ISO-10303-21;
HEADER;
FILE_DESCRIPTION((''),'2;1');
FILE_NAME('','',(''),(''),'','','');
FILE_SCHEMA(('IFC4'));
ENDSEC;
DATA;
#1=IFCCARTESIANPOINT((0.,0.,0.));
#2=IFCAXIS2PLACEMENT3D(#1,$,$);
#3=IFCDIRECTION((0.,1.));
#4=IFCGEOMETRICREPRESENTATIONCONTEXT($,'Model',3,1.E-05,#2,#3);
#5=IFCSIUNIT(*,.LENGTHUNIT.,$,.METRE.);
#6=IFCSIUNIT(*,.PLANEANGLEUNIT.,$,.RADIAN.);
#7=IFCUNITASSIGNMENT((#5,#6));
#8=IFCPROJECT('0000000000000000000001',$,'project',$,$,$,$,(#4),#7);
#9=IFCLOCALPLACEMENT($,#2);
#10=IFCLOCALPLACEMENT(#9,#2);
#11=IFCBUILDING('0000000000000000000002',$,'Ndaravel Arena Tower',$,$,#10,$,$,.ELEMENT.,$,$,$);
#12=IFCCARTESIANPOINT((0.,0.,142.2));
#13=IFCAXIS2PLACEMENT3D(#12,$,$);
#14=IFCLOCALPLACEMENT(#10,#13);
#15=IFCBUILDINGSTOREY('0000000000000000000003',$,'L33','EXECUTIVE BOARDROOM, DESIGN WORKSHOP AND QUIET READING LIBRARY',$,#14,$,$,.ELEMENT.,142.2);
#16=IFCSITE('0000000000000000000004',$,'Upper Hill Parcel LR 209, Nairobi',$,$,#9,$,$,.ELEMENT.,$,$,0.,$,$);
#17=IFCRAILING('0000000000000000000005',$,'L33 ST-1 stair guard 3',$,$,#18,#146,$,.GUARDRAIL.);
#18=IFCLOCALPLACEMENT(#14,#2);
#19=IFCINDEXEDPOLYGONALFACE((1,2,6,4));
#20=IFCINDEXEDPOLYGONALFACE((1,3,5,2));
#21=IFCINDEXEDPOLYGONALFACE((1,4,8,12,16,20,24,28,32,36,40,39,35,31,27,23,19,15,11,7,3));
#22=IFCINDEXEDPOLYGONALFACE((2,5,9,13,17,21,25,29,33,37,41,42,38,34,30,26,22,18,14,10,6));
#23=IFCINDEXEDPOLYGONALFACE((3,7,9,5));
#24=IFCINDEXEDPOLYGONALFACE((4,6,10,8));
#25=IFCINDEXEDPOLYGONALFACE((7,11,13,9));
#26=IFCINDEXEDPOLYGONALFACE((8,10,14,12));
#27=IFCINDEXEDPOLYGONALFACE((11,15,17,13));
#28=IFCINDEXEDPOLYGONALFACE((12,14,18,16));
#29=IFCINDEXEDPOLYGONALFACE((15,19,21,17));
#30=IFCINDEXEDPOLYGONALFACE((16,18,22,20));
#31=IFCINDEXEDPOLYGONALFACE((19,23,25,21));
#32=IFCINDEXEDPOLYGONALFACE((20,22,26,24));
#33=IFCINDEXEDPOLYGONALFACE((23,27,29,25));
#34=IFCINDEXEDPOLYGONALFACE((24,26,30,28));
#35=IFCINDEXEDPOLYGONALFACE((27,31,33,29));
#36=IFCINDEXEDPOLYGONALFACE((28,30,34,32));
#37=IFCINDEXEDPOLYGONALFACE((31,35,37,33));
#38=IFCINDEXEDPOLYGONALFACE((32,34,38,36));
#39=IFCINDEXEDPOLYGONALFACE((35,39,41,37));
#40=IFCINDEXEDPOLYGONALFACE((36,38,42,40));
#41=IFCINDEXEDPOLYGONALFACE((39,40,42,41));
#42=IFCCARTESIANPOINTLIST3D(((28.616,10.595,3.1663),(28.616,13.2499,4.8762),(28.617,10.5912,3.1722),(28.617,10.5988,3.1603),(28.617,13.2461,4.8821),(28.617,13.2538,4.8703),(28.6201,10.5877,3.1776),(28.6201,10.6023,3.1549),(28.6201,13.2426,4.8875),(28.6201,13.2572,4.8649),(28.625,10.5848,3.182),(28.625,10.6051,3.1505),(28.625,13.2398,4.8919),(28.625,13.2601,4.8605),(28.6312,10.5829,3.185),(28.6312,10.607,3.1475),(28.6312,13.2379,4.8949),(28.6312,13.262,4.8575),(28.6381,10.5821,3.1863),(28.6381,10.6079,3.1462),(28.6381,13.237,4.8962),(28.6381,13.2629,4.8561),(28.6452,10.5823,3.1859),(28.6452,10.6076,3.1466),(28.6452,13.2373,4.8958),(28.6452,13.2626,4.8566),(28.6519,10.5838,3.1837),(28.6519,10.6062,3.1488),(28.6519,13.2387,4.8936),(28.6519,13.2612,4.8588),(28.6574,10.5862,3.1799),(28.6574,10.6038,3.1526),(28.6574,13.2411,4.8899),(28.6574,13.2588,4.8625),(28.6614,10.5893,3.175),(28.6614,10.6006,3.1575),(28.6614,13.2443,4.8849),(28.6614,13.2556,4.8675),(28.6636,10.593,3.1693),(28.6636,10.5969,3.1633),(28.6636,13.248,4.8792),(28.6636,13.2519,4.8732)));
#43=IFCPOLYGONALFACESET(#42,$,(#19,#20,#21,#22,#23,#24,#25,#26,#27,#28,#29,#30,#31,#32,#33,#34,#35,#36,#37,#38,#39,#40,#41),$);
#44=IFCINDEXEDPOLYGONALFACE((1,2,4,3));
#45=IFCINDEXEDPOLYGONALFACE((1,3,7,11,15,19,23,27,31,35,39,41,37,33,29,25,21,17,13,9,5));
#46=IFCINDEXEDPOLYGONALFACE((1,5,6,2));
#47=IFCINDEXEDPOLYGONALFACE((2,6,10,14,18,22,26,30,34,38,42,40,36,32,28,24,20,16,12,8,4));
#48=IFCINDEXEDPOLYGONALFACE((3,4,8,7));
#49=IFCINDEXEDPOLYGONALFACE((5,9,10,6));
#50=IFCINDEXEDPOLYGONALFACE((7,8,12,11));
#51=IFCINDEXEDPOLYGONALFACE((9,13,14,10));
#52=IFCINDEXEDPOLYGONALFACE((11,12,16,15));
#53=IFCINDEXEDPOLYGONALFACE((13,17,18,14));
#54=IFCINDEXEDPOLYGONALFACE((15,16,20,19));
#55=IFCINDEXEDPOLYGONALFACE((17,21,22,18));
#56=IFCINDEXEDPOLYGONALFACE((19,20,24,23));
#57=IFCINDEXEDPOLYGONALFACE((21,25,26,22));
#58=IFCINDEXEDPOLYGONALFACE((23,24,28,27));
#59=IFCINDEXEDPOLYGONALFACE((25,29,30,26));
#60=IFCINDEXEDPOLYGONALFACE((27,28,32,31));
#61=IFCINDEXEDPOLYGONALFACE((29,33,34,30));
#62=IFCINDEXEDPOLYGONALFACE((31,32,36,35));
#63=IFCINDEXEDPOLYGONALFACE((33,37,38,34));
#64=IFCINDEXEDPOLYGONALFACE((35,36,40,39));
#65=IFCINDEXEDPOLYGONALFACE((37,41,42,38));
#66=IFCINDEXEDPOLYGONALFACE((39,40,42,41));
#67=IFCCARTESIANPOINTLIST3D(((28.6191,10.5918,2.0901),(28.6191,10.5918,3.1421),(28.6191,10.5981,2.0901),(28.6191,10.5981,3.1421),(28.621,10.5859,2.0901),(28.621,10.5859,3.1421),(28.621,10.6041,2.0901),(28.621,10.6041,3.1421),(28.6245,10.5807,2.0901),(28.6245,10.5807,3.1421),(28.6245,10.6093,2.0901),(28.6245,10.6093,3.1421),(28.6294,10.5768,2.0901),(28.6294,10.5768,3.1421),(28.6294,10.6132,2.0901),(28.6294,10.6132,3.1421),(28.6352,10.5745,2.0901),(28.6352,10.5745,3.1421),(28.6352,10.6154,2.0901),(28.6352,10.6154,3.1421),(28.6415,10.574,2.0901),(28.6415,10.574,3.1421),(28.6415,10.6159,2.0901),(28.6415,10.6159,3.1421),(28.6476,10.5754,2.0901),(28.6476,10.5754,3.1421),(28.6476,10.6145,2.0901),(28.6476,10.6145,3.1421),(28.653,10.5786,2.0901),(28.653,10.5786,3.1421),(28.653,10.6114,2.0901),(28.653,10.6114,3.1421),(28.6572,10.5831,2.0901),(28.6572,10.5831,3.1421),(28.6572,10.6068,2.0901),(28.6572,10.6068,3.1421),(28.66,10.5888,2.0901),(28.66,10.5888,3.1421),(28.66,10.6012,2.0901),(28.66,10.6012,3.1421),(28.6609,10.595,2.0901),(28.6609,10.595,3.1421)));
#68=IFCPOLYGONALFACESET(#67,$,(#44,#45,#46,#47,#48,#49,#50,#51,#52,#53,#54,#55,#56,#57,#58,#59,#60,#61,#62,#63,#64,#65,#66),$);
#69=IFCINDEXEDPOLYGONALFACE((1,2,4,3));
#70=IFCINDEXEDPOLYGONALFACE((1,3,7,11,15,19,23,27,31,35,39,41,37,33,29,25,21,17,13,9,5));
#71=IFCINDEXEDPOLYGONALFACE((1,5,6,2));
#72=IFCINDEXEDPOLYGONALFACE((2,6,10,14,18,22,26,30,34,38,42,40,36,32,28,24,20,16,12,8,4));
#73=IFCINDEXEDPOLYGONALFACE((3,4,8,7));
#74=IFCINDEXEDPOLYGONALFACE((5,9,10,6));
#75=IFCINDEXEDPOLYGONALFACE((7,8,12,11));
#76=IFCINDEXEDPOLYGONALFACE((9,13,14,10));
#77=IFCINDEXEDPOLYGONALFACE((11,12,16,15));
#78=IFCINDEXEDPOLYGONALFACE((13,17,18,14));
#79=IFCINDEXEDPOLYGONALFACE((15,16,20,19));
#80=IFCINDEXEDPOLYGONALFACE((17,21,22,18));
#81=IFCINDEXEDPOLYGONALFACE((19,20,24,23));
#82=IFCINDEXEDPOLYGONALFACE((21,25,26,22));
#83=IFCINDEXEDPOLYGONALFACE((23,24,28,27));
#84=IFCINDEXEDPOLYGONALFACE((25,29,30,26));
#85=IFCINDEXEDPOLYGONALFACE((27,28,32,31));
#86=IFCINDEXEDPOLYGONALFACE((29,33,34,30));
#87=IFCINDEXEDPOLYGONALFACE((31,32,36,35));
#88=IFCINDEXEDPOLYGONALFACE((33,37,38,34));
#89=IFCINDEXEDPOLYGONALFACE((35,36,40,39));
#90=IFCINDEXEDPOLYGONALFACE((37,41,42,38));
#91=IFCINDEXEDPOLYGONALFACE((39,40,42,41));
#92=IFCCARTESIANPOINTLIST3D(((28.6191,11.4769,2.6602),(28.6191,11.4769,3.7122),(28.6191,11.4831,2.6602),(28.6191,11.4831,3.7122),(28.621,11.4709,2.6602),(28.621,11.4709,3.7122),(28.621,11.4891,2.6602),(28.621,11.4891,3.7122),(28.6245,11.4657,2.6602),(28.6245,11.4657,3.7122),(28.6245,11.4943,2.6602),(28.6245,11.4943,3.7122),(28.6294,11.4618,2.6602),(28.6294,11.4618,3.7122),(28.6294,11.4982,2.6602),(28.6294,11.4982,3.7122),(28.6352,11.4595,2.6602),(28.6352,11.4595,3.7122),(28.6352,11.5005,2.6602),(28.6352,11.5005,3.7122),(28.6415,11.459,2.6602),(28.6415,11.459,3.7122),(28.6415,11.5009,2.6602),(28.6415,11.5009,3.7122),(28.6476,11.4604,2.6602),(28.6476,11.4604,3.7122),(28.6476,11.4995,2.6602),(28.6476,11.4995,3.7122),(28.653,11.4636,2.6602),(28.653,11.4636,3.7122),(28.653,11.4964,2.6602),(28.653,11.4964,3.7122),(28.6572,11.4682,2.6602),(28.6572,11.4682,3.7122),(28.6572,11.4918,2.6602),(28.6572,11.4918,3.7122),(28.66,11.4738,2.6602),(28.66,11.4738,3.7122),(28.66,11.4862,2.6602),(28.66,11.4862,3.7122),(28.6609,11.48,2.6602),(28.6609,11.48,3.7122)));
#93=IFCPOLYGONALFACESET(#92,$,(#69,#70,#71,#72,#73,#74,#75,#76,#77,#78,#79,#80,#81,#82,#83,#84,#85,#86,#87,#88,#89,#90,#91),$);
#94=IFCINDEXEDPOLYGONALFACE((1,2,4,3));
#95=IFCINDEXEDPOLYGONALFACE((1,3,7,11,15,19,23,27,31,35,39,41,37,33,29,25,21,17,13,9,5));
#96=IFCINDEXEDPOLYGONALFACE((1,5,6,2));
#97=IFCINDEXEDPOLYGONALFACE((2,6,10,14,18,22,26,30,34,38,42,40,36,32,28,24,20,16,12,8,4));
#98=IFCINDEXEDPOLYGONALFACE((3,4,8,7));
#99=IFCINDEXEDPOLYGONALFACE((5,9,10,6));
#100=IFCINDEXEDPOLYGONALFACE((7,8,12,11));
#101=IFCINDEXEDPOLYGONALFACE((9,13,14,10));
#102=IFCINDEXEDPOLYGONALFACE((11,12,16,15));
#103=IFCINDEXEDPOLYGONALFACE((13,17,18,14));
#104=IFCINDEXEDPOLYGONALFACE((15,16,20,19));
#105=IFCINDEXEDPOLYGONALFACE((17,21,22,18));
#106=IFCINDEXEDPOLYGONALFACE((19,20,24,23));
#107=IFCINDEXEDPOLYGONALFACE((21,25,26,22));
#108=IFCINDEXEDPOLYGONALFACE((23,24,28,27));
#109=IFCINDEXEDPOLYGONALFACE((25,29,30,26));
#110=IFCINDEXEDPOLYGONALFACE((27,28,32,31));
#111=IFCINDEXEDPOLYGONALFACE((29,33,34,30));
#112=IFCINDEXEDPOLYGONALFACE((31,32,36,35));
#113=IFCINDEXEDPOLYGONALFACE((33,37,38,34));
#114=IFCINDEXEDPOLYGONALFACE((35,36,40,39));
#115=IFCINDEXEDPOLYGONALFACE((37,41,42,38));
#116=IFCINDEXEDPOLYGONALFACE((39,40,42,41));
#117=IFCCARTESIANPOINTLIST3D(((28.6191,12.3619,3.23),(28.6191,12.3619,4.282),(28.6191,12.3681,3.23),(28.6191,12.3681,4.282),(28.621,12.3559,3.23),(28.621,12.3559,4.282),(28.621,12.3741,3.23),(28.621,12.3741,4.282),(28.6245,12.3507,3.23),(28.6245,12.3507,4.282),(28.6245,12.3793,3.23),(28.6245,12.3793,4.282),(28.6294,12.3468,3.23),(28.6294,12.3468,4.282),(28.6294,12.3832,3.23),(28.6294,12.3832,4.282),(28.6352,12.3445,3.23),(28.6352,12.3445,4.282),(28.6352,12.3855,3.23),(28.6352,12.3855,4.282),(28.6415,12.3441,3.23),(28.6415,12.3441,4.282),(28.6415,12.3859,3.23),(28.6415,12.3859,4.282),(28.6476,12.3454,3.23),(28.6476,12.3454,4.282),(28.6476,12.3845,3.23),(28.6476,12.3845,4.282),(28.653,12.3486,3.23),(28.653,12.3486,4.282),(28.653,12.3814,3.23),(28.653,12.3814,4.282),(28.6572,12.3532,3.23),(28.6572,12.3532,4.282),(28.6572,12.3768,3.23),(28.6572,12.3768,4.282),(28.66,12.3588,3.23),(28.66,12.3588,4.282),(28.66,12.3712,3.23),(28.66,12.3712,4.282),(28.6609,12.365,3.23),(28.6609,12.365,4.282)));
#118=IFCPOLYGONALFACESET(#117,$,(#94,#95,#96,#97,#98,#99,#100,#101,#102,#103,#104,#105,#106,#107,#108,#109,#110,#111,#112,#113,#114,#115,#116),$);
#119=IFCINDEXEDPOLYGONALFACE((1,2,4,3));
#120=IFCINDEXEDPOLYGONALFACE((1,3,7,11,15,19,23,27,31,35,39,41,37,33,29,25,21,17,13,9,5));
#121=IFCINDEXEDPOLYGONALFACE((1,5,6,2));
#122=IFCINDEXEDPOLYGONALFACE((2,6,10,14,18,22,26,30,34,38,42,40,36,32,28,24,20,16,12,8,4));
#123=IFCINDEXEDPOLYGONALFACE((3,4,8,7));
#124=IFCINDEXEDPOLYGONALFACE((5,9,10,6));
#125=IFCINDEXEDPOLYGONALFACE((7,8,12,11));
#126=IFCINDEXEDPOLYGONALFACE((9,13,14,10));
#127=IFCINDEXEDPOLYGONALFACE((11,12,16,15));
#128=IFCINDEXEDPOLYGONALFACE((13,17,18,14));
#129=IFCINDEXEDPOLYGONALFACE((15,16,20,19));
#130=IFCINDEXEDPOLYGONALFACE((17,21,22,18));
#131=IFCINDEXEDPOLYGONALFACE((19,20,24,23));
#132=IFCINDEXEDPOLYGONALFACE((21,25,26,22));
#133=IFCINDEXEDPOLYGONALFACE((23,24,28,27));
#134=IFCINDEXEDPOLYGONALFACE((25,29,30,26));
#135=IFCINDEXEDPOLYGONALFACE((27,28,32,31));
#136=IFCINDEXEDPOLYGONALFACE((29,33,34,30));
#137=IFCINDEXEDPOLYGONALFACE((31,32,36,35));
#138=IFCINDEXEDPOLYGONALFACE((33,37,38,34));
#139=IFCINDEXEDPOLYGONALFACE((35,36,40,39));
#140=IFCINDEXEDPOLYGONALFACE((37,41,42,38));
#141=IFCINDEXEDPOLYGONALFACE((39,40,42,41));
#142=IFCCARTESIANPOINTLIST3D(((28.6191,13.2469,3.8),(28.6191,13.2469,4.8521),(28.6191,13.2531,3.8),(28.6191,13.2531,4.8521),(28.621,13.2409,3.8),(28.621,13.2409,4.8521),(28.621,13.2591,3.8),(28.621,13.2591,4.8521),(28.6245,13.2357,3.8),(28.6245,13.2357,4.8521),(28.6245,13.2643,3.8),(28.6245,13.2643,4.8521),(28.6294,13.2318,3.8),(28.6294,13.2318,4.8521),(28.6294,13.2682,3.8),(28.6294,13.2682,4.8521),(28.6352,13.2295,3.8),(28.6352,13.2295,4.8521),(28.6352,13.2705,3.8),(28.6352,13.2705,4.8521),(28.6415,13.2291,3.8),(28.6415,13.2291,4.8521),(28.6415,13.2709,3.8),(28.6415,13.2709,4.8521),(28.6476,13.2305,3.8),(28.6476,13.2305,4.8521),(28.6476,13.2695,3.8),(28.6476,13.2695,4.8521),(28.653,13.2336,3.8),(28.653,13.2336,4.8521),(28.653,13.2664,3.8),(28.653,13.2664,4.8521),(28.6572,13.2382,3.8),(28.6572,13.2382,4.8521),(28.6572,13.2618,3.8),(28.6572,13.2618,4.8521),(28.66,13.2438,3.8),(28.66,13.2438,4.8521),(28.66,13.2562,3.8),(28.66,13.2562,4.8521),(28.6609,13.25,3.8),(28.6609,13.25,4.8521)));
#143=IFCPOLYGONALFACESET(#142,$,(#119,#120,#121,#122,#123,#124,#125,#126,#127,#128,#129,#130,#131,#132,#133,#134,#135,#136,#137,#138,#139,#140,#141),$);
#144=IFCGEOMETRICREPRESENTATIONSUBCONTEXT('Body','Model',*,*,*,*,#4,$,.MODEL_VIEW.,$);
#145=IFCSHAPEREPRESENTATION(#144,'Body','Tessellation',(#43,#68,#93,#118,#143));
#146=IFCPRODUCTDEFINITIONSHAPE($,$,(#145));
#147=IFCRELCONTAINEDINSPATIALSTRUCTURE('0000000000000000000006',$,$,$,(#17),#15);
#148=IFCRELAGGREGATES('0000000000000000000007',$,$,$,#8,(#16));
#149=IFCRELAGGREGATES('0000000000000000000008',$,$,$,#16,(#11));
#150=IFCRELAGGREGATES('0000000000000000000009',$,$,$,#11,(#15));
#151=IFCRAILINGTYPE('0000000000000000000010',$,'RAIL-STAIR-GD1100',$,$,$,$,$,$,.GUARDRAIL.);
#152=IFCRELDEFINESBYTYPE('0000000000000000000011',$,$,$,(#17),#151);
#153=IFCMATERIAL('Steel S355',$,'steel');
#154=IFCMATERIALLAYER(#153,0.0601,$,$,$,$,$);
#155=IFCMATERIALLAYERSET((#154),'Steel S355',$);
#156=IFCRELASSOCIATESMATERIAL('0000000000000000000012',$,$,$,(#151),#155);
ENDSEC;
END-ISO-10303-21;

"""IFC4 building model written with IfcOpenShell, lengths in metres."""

from ifc_helpers import new_model, si_unit, direction, frame, origin, origin_2d, place, context, subcontext, project, spatial, circle, extrude, material, layer, layer_set, type_object, element, save


model = new_model("IFC4")

# Units and contexts
model_context = context("Model", 3, precision=1e-05, world=origin(), true_north=direction((0.0, 1.0)))
body_context = subcontext(model_context, "Body", "Model", "MODEL_VIEW")
ifc_project = project(units=[si_unit("LENGTHUNIT", "METRE"), si_unit("PLANEANGLEUNIT", "RADIAN")], contexts=[model_context])

# Site, building, storey
site_placement = place(None, origin())
site = spatial("IfcSite", under=ifc_project, at=site_placement, Name="Upper Hill Parcel LR 209, Nairobi", CompositionType="ELEMENT", RefElevation=0.0)
building_placement = place(site_placement, origin())
building = spatial("IfcBuilding", under=site, at=building_placement, Name="Ndaravel Arena Tower", CompositionType="ELEMENT")
storey_placement = place(building_placement, frame((0.0, 0.0, 142.2)))
storey = spatial("IfcBuildingStorey", under=building, at=storey_placement, Name="L33", Description="EXECUTIVE BOARDROOM, DESIGN WORKSHOP AND QUIET READING LIBRARY", CompositionType="ELEMENT", Elevation=142.2)

# Railing
ifc_material_1 = material(Name="Steel S355", Category="steel")
ifc_layer_1 = layer(ifc_material_1, 0.0601)
ifc_layer_set_1 = layer_set([ifc_layer_1], Name="Steel S355")
railing_type_1 = type_object("IfcRailingType", Name="RAIL-STAIR-GD1100", PredefinedType="GUARDRAIL", material=ifc_layer_set_1)
railing_1_placement = place(storey_placement, frame((28.6399, 10.595, 2.0901)))
element("IfcRailing", 1, at=railing_1_placement, inside=storey, type_object=railing_type_1, Name="L33 ST-1 stair guard 3", PredefinedType="GUARDRAIL", context=body_context, shape_type="SweptSolid", body=[
    extrude(circle(Radius=0.0239, at=origin_2d()), frame((0.0, 0.0, 1.0762), z_axis=(0.0, 0.840724, 0.541465), x_axis=(-1.0, 0.0, 0.0)), (0.0, 0.0, 1.0), 3.158),
    extrude(circle(Radius=0.021, at=origin_2d()), origin(), (0.0, 0.0, 1.0), 1.052),
    extrude(circle(Radius=0.021, at=origin_2d()), frame((0.0, 0.885, 0.5701)), (0.0, 0.0, 1.0), 1.052),
    extrude(circle(Radius=0.021, at=origin_2d()), frame((0.0, 1.77, 1.1399)), (0.0, 0.0, 1.0), 1.052),
    extrude(circle(Radius=0.021, at=origin_2d()), frame((0.0, 2.655, 1.71)), (0.0, 0.0, 1.0), 1.052),
])

save(model, "model.ifc")
